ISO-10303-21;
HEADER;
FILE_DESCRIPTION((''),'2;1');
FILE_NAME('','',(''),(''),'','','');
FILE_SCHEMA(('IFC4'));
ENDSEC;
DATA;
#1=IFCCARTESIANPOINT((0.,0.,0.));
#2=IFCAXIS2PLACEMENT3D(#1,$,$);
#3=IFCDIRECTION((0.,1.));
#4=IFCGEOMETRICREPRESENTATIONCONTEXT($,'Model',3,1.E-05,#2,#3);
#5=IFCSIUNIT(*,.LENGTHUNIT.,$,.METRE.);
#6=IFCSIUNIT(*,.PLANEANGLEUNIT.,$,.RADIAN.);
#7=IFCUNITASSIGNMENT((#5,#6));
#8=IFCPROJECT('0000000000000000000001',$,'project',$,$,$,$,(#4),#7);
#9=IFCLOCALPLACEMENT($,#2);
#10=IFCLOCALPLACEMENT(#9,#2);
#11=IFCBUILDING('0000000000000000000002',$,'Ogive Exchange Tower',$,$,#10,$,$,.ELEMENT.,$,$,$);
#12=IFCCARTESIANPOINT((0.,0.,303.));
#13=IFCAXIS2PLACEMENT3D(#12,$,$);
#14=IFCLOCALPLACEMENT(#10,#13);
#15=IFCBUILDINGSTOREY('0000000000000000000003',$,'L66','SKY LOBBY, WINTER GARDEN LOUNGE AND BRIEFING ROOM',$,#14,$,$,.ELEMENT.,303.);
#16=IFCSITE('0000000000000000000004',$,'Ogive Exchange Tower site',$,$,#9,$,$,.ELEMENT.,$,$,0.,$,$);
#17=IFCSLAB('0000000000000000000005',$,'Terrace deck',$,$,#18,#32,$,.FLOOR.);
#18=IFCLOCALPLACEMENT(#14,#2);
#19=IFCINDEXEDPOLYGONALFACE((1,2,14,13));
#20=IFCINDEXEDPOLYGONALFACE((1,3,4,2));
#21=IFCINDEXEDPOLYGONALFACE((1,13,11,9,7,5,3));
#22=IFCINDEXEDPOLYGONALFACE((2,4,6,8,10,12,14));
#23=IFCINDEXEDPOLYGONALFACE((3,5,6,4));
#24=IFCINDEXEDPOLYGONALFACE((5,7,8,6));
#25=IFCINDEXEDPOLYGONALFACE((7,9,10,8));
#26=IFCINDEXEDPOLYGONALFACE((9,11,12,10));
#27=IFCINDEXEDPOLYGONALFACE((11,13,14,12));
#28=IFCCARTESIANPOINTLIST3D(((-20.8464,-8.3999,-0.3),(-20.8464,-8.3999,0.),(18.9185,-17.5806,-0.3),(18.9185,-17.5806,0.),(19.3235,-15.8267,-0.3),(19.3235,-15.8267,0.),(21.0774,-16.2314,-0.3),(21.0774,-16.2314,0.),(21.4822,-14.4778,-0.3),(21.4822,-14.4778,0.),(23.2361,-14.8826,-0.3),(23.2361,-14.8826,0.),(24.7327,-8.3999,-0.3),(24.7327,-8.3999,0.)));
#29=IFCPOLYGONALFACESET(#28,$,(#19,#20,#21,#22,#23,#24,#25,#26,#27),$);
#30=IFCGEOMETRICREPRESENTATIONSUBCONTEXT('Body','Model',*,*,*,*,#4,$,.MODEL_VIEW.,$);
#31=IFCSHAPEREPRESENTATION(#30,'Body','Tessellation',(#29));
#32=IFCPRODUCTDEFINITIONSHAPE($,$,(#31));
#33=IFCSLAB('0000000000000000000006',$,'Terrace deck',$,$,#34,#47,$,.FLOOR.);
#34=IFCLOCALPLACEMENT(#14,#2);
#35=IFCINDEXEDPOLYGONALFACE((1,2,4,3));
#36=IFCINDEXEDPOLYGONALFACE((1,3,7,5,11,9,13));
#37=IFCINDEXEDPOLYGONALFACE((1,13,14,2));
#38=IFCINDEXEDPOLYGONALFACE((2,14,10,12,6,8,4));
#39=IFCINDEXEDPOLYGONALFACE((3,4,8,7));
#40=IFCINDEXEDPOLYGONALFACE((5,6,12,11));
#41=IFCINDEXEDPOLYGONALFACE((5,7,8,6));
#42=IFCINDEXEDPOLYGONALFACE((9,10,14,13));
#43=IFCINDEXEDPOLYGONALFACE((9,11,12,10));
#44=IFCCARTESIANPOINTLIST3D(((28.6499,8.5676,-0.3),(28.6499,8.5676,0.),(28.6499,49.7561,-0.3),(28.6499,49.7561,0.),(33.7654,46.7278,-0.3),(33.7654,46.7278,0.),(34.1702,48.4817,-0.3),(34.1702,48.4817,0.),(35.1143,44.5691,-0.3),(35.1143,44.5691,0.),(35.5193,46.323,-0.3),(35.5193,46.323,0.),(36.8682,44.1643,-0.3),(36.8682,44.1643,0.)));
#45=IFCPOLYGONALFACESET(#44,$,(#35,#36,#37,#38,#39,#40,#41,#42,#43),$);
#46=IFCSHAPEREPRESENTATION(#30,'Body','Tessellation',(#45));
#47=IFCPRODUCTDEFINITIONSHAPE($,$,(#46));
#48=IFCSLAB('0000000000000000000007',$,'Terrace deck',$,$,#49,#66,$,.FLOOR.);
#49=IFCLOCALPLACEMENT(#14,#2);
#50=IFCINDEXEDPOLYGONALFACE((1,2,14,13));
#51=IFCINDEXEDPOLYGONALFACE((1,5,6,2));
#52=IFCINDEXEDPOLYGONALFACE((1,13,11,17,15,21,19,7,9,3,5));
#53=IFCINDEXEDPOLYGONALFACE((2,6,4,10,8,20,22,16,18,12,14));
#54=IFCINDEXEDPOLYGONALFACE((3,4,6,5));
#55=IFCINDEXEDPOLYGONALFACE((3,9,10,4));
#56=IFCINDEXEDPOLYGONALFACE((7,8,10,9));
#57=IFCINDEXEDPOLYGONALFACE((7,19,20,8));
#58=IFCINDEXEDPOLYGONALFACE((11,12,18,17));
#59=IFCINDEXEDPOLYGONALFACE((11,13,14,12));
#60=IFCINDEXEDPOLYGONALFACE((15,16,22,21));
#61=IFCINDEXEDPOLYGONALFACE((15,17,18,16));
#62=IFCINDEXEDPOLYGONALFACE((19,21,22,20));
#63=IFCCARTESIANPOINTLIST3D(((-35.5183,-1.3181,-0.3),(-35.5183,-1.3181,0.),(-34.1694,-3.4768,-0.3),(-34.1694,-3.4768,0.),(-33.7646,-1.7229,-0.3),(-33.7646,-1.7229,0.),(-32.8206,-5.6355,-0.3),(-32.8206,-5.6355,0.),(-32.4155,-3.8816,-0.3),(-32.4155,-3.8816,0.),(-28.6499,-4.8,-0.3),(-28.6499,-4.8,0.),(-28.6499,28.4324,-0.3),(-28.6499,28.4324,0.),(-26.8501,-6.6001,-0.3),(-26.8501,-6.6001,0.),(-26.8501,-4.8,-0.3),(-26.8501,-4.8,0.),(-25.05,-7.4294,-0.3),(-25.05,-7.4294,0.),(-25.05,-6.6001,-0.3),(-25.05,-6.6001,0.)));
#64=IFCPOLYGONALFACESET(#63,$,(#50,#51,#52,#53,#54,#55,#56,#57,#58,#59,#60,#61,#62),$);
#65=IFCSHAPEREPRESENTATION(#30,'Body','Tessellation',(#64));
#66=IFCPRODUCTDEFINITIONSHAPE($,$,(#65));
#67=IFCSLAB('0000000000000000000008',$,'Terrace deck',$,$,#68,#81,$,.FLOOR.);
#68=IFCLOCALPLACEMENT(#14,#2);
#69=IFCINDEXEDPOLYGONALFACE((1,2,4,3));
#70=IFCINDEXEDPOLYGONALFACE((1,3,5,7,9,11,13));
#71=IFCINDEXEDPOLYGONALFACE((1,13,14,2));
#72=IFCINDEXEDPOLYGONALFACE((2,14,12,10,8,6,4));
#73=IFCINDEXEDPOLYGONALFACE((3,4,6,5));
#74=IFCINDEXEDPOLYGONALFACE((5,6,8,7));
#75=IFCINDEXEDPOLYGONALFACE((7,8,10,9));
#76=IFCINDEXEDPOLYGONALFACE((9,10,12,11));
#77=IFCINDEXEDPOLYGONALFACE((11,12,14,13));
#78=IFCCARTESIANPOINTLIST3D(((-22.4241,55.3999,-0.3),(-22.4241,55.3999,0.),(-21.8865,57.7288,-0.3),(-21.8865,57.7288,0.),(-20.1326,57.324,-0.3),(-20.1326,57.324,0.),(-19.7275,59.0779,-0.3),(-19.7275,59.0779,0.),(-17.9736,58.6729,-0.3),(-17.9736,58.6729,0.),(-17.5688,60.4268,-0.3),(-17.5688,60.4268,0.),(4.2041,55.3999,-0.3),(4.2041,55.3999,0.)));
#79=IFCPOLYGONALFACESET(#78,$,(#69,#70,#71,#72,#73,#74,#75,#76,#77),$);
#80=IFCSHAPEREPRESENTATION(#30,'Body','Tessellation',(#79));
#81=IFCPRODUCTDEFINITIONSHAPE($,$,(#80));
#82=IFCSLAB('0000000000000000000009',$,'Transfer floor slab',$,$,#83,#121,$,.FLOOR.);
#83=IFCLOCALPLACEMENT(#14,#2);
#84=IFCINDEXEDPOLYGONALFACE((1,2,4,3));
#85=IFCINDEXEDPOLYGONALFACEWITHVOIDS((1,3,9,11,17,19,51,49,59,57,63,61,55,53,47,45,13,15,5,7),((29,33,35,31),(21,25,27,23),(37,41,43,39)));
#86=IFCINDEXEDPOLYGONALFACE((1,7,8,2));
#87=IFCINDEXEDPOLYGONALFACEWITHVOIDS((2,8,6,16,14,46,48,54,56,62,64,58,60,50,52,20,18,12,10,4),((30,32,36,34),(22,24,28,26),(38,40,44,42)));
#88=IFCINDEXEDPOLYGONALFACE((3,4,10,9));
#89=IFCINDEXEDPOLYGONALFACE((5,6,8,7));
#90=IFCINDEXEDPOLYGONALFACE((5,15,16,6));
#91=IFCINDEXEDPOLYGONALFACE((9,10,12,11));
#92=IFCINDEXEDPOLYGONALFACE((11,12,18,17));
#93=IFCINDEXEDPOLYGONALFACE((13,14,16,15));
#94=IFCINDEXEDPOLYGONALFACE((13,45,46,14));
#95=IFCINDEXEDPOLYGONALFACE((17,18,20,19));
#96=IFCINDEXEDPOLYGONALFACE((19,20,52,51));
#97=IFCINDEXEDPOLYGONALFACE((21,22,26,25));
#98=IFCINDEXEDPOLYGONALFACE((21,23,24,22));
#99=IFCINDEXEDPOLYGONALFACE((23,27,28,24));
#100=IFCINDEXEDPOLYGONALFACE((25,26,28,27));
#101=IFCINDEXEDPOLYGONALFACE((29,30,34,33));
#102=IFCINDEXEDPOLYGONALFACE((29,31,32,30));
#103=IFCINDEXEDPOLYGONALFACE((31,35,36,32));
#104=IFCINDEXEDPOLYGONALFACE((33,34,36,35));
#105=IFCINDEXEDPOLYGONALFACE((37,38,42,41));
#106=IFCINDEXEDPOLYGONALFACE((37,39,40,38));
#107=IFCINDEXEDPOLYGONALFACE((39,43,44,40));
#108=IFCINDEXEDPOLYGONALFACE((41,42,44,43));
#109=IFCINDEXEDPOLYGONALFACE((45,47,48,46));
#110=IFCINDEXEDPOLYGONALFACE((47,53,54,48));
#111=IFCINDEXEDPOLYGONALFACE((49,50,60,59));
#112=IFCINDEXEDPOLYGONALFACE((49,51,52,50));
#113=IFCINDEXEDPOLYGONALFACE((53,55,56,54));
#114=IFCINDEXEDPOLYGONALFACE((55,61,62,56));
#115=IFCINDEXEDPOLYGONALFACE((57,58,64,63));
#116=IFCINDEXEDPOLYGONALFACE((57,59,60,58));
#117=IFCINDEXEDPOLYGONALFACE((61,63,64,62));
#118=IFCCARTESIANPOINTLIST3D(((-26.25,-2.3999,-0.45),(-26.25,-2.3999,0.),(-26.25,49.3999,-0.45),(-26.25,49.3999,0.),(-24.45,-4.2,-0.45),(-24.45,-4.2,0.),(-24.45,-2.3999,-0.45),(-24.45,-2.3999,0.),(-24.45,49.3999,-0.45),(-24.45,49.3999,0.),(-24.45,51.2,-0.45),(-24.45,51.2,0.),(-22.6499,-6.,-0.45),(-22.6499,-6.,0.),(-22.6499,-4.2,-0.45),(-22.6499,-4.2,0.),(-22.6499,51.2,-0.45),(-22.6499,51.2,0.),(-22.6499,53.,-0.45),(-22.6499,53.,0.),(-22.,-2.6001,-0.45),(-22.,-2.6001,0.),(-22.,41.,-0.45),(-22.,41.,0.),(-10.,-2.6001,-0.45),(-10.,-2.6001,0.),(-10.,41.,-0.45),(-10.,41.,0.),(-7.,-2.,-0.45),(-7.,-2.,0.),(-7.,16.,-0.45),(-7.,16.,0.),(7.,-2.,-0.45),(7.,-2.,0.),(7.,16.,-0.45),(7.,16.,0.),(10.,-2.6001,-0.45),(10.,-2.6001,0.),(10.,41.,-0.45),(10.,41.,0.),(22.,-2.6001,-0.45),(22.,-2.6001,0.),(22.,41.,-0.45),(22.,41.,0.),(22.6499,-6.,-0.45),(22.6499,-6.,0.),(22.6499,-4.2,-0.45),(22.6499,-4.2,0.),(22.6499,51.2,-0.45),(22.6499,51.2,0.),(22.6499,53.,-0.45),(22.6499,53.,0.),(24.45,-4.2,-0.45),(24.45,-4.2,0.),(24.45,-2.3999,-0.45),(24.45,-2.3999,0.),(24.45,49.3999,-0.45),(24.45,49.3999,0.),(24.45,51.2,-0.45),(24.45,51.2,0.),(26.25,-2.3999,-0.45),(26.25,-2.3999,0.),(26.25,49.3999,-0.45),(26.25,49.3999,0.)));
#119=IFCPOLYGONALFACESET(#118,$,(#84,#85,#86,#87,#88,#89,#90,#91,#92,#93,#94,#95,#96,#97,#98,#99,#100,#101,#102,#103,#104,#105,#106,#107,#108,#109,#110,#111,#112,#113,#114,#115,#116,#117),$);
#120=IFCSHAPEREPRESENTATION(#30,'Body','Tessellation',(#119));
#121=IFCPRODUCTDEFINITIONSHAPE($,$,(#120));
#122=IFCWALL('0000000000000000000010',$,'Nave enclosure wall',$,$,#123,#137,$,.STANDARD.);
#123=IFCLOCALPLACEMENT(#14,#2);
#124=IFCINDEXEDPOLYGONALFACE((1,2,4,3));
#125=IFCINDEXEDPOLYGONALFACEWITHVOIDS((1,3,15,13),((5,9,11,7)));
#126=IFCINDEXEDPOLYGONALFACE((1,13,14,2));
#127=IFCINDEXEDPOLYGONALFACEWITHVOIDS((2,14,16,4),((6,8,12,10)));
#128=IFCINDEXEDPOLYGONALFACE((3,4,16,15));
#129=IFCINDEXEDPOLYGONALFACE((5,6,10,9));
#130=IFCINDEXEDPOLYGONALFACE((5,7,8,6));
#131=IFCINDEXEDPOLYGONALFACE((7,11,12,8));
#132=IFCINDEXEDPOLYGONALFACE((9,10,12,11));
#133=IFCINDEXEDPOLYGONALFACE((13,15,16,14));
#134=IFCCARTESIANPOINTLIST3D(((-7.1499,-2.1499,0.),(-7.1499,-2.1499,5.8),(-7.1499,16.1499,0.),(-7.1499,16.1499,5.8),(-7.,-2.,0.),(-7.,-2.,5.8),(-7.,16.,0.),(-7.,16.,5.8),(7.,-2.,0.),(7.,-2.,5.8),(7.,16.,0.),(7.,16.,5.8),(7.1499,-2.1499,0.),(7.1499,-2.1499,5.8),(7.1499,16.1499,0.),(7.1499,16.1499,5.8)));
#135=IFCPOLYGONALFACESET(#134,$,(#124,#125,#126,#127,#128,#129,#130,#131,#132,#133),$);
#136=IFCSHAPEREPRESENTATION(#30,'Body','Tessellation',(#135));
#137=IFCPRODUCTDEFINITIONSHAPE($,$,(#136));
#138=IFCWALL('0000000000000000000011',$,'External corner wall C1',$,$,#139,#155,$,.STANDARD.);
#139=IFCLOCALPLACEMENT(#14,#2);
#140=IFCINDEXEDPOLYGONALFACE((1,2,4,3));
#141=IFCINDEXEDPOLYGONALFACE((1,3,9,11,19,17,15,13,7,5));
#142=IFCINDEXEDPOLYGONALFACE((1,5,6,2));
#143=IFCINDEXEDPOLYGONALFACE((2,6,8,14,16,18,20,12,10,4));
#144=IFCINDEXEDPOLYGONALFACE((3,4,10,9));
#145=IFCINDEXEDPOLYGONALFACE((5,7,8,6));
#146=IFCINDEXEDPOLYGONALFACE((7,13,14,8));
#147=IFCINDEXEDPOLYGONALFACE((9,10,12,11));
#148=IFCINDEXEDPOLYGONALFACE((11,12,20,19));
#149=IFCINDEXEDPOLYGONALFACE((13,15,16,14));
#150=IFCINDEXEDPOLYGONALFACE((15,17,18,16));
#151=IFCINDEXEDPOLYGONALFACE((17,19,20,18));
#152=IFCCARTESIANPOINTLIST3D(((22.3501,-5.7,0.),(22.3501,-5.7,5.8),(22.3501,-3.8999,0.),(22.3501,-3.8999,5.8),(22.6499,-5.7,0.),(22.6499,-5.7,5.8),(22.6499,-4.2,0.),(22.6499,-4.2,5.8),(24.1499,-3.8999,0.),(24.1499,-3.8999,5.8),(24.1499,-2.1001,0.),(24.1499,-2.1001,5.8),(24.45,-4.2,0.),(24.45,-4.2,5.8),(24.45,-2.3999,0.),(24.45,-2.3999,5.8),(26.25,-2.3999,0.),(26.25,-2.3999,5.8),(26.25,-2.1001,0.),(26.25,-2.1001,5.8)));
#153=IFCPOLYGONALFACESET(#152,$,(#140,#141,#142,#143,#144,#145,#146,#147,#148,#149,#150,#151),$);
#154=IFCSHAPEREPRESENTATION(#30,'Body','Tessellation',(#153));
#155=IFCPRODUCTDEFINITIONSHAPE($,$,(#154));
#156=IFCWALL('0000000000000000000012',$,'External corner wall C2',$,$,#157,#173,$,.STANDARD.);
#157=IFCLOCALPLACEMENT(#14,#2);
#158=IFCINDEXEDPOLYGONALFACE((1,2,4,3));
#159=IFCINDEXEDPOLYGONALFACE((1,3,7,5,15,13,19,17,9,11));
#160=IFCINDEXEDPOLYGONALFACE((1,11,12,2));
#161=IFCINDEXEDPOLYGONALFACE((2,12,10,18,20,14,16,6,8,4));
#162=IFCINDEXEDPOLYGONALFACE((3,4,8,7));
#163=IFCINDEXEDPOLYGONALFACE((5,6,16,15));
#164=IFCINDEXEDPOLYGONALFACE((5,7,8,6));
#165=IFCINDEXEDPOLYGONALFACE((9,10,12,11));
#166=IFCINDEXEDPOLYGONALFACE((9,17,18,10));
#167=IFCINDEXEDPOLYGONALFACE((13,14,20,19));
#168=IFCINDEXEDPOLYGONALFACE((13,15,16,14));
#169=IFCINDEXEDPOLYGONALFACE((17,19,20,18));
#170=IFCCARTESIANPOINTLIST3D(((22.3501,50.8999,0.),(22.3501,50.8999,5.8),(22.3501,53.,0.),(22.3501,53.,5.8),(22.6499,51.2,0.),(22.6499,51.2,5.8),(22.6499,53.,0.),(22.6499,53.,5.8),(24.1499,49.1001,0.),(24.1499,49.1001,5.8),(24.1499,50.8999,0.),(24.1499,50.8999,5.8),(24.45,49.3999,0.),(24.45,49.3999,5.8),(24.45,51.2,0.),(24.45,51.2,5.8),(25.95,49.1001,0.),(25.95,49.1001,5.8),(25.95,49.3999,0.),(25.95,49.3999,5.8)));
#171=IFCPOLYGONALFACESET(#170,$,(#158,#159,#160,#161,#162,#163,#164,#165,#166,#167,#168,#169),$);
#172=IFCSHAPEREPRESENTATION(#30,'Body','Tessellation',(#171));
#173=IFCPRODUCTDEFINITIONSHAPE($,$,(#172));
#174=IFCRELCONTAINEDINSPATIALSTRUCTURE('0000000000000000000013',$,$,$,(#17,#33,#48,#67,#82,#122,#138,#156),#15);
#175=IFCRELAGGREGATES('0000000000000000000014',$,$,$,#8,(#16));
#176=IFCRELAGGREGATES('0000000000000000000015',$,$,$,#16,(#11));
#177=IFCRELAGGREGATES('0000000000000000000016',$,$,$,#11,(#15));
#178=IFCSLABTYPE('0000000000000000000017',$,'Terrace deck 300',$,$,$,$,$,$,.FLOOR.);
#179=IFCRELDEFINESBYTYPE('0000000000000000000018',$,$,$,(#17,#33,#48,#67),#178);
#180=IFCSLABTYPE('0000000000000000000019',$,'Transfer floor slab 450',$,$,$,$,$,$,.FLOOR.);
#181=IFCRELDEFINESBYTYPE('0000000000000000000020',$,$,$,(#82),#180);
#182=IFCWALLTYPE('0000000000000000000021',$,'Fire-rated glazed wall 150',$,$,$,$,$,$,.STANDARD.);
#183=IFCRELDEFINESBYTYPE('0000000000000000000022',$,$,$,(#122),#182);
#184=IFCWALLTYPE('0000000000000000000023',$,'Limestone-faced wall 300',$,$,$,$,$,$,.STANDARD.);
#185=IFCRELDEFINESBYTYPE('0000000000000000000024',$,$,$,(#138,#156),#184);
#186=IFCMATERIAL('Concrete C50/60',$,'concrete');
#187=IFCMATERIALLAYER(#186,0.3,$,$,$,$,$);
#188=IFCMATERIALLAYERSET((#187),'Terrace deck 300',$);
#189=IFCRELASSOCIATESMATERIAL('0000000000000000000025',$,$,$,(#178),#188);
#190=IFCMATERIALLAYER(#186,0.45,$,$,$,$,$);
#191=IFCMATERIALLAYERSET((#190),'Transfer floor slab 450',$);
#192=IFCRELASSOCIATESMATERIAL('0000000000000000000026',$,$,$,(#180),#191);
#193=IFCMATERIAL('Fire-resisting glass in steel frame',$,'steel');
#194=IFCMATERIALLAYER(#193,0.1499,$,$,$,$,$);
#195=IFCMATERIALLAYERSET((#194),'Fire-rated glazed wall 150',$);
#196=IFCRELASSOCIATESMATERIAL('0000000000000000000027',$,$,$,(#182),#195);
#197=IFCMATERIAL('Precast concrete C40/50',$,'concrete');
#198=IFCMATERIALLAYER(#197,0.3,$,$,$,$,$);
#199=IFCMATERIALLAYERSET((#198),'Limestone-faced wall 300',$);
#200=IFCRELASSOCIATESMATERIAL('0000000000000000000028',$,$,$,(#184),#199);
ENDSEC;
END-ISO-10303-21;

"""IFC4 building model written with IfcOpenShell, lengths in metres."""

from ifc_helpers import new_model, si_unit, direction, frame, origin, place, context, subcontext, project, spatial, polyline, outline, extrude, material, layer, layer_set, type_object, element, save


model = new_model("IFC4")

# Units and contexts
model_context = context("Model", 3, precision=1e-05, world=origin(), true_north=direction((0.0, 1.0)))
body_context = subcontext(model_context, "Body", "Model", "MODEL_VIEW")
ifc_project = project(units=[si_unit("LENGTHUNIT", "METRE"), si_unit("PLANEANGLEUNIT", "RADIAN")], contexts=[model_context])

# Site, building, storey
site_placement = place(None, origin())
site = spatial("IfcSite", under=ifc_project, at=site_placement, Name="Ogive Exchange Tower site", CompositionType="ELEMENT", RefElevation=0.0)
building_placement = place(site_placement, origin())
building = spatial("IfcBuilding", under=site, at=building_placement, Name="Ogive Exchange Tower", CompositionType="ELEMENT")
storey_placement = place(building_placement, frame((0.0, 0.0, 303.0)))
storey = spatial("IfcBuildingStorey", under=building, at=storey_placement, Name="L66", Description="SKY LOBBY, WINTER GARDEN LOUNGE AND BRIEFING ROOM", CompositionType="ELEMENT", Elevation=303.0)

# Shared definitions
ifc_material_1 = material(Name="Concrete C50/60", Category="concrete")

# Slabs
ifc_layer_1 = layer(ifc_material_1, 0.3)
ifc_layer_set_1 = layer_set([ifc_layer_1], Name="Terrace deck 300")
slab_type_1 = type_object("IfcSlabType", Name="Terrace deck 300", PredefinedType="FLOOR", material=ifc_layer_set_1)
slab_1_placement = place(storey_placement, frame((0.0, 0.0, -0.3)))
element("IfcSlab", 1, at=slab_1_placement, inside=storey, type_object=slab_type_1, Name="Terrace deck", PredefinedType="FLOOR", context=body_context, shape_type="SweptSolid", body=[
    extrude(outline(polyline([(21.4822, -14.4778), (21.0774, -16.2314), (19.3235, -15.8267), (18.9185, -17.5806), (-20.8464, -8.3999), (24.7327, -8.3999), (23.2361, -14.8826), (21.4822, -14.4778)])), origin(), (0.0, 0.0, 1.0), 0.3),
])
slab_2_placement = place(storey_placement, frame((0.0, 0.0, -0.3)))
element("IfcSlab", 2, at=slab_2_placement, inside=storey, type_object=slab_type_1, Name="Terrace deck", PredefinedType="FLOOR", context=body_context, shape_type="SweptSolid", body=[
    extrude(outline(polyline([(33.7654, 46.7278), (35.5193, 46.323), (35.1143, 44.5691), (36.8682, 44.1643), (28.6499, 8.5676), (28.6499, 49.7561), (34.1702, 48.4817), (33.7654, 46.7278)])), origin(), (0.0, 0.0, 1.0), 0.3),
])
slab_3_placement = place(storey_placement, frame((0.0, 0.0, -0.3)))
element("IfcSlab", 3, at=slab_3_placement, inside=storey, type_object=slab_type_1, Name="Terrace deck", PredefinedType="FLOOR", context=body_context, shape_type="SweptSolid", body=[
    extrude(outline(polyline([(-32.4155, -3.8816), (-34.1694, -3.4768), (-33.7646, -1.7229), (-35.5183, -1.3181), (-28.6499, 28.4324), (-28.6499, -4.8), (-26.8501, -4.8), (-26.8501, -6.6001), (-25.05, -6.6001), (-25.05, -7.4294), (-32.8206, -5.6355), (-32.4155, -3.8816)])), origin(), (0.0, 0.0, 1.0), 0.3),
])
slab_4_placement = place(storey_placement, frame((0.0, 0.0, -0.3)))
element("IfcSlab", 4, at=slab_4_placement, inside=storey, type_object=slab_type_1, Name="Terrace deck", PredefinedType="FLOOR", context=body_context, shape_type="SweptSolid", body=[
    extrude(outline(polyline([(-20.1326, 57.324), (-19.7275, 59.0779), (-17.9736, 58.6729), (-17.5688, 60.4268), (4.2041, 55.3999), (-22.4241, 55.3999), (-21.8865, 57.7288), (-20.1326, 57.324)])), origin(), (0.0, 0.0, 1.0), 0.3),
])
ifc_layer_2 = layer(ifc_material_1, 0.45)
ifc_layer_set_2 = layer_set([ifc_layer_2], Name="Transfer floor slab 450")
slab_type_2 = type_object("IfcSlabType", Name="Transfer floor slab 450", PredefinedType="FLOOR", material=ifc_layer_set_2)
slab_5_placement = place(storey_placement, frame((0.0, 0.0, -0.45)))
element("IfcSlab", 5, at=slab_5_placement, inside=storey, type_object=slab_type_2, Name="Transfer floor slab", PredefinedType="FLOOR", context=body_context, shape_type="SweptSolid", body=[
    extrude(outline(polyline([(-22.6499, -4.2), (-24.45, -4.2), (-24.45, -2.3999), (-26.25, -2.3999), (-26.25, 49.3999), (-24.45, 49.3999), (-24.45, 51.2), (-22.6499, 51.2), (-22.6499, 53.0), (22.6499, 53.0), (22.6499, 51.2), (24.45, 51.2), (24.45, 49.3999), (26.25, 49.3999), (26.25, -2.3999), (24.45, -2.3999), (24.45, -4.2), (22.6499, -4.2), (22.6499, -6.0), (-22.6499, -6.0), (-22.6499, -4.2)]), holes=[polyline([(7.0, -2.0), (7.0, 16.0), (-7.0, 16.0), (-7.0, -2.0), (7.0, -2.0)]), polyline([(-22.0, -2.6001), (-10.0, -2.6001), (-10.0, 41.0), (-22.0, 41.0), (-22.0, -2.6001)]), polyline([(10.0, -2.6001), (22.0, -2.6001), (22.0, 41.0), (10.0, 41.0), (10.0, -2.6001)])]), origin(), (0.0, 0.0, 1.0), 0.45),
])

# Walls
ifc_material_2 = material(Name="Fire-resisting glass in steel frame", Category="steel")
ifc_layer_3 = layer(ifc_material_2, 0.1499)
ifc_layer_set_3 = layer_set([ifc_layer_3], Name="Fire-rated glazed wall 150")
wall_type_1 = type_object("IfcWallType", Name="Fire-rated glazed wall 150", PredefinedType="STANDARD", material=ifc_layer_set_3)
wall_1_placement = place(storey_placement, origin())
element("IfcWall", 6, at=wall_1_placement, inside=storey, type_object=wall_type_1, Name="Nave enclosure wall", PredefinedType="STANDARD", context=body_context, shape_type="SweptSolid", body=[
    extrude(outline(polyline([(-7.1499, -2.1499), (7.1499, -2.1499), (7.1499, 16.1499), (-7.1499, 16.1499), (-7.1499, -2.1499)]), holes=[polyline([(-7.0, -2.0), (-7.0, 16.0), (7.0, 16.0), (7.0, -2.0), (-7.0, -2.0)])]), origin(), (0.0, 0.0, 1.0), 5.8),
])
ifc_material_3 = material(Name="Precast concrete C40/50", Category="concrete")
ifc_layer_4 = layer(ifc_material_3, 0.3)
ifc_layer_set_4 = layer_set([ifc_layer_4], Name="Limestone-faced wall 300")
wall_type_2 = type_object("IfcWallType", Name="Limestone-faced wall 300", PredefinedType="STANDARD", material=ifc_layer_set_4)
wall_2_placement = place(storey_placement, origin())
element("IfcWall", 7, at=wall_2_placement, inside=storey, type_object=wall_type_2, Name="External corner wall C1", PredefinedType="STANDARD", context=body_context, shape_type="SweptSolid", body=[
    extrude(outline(polyline([(24.1499, -3.8999), (24.1499, -2.1001), (26.25, -2.1001), (26.25, -2.3999), (24.45, -2.3999), (24.45, -4.2), (22.6499, -4.2), (22.6499, -5.7), (22.3501, -5.7), (22.3501, -3.8999), (24.1499, -3.8999)])), origin(), (0.0, 0.0, 1.0), 5.8),
])
wall_3_placement = place(storey_placement, origin())
element("IfcWall", 8, at=wall_3_placement, inside=storey, type_object=wall_type_2, Name="External corner wall C2", PredefinedType="STANDARD", context=body_context, shape_type="SweptSolid", body=[
    extrude(outline(polyline([(24.1499, 50.8999), (22.3501, 50.8999), (22.3501, 53.0), (22.6499, 53.0), (22.6499, 51.2), (24.45, 51.2), (24.45, 49.3999), (25.95, 49.3999), (25.95, 49.1001), (24.1499, 49.1001), (24.1499, 50.8999)])), origin(), (0.0, 0.0, 1.0), 5.8),
])

save(model, "model.ifc")
